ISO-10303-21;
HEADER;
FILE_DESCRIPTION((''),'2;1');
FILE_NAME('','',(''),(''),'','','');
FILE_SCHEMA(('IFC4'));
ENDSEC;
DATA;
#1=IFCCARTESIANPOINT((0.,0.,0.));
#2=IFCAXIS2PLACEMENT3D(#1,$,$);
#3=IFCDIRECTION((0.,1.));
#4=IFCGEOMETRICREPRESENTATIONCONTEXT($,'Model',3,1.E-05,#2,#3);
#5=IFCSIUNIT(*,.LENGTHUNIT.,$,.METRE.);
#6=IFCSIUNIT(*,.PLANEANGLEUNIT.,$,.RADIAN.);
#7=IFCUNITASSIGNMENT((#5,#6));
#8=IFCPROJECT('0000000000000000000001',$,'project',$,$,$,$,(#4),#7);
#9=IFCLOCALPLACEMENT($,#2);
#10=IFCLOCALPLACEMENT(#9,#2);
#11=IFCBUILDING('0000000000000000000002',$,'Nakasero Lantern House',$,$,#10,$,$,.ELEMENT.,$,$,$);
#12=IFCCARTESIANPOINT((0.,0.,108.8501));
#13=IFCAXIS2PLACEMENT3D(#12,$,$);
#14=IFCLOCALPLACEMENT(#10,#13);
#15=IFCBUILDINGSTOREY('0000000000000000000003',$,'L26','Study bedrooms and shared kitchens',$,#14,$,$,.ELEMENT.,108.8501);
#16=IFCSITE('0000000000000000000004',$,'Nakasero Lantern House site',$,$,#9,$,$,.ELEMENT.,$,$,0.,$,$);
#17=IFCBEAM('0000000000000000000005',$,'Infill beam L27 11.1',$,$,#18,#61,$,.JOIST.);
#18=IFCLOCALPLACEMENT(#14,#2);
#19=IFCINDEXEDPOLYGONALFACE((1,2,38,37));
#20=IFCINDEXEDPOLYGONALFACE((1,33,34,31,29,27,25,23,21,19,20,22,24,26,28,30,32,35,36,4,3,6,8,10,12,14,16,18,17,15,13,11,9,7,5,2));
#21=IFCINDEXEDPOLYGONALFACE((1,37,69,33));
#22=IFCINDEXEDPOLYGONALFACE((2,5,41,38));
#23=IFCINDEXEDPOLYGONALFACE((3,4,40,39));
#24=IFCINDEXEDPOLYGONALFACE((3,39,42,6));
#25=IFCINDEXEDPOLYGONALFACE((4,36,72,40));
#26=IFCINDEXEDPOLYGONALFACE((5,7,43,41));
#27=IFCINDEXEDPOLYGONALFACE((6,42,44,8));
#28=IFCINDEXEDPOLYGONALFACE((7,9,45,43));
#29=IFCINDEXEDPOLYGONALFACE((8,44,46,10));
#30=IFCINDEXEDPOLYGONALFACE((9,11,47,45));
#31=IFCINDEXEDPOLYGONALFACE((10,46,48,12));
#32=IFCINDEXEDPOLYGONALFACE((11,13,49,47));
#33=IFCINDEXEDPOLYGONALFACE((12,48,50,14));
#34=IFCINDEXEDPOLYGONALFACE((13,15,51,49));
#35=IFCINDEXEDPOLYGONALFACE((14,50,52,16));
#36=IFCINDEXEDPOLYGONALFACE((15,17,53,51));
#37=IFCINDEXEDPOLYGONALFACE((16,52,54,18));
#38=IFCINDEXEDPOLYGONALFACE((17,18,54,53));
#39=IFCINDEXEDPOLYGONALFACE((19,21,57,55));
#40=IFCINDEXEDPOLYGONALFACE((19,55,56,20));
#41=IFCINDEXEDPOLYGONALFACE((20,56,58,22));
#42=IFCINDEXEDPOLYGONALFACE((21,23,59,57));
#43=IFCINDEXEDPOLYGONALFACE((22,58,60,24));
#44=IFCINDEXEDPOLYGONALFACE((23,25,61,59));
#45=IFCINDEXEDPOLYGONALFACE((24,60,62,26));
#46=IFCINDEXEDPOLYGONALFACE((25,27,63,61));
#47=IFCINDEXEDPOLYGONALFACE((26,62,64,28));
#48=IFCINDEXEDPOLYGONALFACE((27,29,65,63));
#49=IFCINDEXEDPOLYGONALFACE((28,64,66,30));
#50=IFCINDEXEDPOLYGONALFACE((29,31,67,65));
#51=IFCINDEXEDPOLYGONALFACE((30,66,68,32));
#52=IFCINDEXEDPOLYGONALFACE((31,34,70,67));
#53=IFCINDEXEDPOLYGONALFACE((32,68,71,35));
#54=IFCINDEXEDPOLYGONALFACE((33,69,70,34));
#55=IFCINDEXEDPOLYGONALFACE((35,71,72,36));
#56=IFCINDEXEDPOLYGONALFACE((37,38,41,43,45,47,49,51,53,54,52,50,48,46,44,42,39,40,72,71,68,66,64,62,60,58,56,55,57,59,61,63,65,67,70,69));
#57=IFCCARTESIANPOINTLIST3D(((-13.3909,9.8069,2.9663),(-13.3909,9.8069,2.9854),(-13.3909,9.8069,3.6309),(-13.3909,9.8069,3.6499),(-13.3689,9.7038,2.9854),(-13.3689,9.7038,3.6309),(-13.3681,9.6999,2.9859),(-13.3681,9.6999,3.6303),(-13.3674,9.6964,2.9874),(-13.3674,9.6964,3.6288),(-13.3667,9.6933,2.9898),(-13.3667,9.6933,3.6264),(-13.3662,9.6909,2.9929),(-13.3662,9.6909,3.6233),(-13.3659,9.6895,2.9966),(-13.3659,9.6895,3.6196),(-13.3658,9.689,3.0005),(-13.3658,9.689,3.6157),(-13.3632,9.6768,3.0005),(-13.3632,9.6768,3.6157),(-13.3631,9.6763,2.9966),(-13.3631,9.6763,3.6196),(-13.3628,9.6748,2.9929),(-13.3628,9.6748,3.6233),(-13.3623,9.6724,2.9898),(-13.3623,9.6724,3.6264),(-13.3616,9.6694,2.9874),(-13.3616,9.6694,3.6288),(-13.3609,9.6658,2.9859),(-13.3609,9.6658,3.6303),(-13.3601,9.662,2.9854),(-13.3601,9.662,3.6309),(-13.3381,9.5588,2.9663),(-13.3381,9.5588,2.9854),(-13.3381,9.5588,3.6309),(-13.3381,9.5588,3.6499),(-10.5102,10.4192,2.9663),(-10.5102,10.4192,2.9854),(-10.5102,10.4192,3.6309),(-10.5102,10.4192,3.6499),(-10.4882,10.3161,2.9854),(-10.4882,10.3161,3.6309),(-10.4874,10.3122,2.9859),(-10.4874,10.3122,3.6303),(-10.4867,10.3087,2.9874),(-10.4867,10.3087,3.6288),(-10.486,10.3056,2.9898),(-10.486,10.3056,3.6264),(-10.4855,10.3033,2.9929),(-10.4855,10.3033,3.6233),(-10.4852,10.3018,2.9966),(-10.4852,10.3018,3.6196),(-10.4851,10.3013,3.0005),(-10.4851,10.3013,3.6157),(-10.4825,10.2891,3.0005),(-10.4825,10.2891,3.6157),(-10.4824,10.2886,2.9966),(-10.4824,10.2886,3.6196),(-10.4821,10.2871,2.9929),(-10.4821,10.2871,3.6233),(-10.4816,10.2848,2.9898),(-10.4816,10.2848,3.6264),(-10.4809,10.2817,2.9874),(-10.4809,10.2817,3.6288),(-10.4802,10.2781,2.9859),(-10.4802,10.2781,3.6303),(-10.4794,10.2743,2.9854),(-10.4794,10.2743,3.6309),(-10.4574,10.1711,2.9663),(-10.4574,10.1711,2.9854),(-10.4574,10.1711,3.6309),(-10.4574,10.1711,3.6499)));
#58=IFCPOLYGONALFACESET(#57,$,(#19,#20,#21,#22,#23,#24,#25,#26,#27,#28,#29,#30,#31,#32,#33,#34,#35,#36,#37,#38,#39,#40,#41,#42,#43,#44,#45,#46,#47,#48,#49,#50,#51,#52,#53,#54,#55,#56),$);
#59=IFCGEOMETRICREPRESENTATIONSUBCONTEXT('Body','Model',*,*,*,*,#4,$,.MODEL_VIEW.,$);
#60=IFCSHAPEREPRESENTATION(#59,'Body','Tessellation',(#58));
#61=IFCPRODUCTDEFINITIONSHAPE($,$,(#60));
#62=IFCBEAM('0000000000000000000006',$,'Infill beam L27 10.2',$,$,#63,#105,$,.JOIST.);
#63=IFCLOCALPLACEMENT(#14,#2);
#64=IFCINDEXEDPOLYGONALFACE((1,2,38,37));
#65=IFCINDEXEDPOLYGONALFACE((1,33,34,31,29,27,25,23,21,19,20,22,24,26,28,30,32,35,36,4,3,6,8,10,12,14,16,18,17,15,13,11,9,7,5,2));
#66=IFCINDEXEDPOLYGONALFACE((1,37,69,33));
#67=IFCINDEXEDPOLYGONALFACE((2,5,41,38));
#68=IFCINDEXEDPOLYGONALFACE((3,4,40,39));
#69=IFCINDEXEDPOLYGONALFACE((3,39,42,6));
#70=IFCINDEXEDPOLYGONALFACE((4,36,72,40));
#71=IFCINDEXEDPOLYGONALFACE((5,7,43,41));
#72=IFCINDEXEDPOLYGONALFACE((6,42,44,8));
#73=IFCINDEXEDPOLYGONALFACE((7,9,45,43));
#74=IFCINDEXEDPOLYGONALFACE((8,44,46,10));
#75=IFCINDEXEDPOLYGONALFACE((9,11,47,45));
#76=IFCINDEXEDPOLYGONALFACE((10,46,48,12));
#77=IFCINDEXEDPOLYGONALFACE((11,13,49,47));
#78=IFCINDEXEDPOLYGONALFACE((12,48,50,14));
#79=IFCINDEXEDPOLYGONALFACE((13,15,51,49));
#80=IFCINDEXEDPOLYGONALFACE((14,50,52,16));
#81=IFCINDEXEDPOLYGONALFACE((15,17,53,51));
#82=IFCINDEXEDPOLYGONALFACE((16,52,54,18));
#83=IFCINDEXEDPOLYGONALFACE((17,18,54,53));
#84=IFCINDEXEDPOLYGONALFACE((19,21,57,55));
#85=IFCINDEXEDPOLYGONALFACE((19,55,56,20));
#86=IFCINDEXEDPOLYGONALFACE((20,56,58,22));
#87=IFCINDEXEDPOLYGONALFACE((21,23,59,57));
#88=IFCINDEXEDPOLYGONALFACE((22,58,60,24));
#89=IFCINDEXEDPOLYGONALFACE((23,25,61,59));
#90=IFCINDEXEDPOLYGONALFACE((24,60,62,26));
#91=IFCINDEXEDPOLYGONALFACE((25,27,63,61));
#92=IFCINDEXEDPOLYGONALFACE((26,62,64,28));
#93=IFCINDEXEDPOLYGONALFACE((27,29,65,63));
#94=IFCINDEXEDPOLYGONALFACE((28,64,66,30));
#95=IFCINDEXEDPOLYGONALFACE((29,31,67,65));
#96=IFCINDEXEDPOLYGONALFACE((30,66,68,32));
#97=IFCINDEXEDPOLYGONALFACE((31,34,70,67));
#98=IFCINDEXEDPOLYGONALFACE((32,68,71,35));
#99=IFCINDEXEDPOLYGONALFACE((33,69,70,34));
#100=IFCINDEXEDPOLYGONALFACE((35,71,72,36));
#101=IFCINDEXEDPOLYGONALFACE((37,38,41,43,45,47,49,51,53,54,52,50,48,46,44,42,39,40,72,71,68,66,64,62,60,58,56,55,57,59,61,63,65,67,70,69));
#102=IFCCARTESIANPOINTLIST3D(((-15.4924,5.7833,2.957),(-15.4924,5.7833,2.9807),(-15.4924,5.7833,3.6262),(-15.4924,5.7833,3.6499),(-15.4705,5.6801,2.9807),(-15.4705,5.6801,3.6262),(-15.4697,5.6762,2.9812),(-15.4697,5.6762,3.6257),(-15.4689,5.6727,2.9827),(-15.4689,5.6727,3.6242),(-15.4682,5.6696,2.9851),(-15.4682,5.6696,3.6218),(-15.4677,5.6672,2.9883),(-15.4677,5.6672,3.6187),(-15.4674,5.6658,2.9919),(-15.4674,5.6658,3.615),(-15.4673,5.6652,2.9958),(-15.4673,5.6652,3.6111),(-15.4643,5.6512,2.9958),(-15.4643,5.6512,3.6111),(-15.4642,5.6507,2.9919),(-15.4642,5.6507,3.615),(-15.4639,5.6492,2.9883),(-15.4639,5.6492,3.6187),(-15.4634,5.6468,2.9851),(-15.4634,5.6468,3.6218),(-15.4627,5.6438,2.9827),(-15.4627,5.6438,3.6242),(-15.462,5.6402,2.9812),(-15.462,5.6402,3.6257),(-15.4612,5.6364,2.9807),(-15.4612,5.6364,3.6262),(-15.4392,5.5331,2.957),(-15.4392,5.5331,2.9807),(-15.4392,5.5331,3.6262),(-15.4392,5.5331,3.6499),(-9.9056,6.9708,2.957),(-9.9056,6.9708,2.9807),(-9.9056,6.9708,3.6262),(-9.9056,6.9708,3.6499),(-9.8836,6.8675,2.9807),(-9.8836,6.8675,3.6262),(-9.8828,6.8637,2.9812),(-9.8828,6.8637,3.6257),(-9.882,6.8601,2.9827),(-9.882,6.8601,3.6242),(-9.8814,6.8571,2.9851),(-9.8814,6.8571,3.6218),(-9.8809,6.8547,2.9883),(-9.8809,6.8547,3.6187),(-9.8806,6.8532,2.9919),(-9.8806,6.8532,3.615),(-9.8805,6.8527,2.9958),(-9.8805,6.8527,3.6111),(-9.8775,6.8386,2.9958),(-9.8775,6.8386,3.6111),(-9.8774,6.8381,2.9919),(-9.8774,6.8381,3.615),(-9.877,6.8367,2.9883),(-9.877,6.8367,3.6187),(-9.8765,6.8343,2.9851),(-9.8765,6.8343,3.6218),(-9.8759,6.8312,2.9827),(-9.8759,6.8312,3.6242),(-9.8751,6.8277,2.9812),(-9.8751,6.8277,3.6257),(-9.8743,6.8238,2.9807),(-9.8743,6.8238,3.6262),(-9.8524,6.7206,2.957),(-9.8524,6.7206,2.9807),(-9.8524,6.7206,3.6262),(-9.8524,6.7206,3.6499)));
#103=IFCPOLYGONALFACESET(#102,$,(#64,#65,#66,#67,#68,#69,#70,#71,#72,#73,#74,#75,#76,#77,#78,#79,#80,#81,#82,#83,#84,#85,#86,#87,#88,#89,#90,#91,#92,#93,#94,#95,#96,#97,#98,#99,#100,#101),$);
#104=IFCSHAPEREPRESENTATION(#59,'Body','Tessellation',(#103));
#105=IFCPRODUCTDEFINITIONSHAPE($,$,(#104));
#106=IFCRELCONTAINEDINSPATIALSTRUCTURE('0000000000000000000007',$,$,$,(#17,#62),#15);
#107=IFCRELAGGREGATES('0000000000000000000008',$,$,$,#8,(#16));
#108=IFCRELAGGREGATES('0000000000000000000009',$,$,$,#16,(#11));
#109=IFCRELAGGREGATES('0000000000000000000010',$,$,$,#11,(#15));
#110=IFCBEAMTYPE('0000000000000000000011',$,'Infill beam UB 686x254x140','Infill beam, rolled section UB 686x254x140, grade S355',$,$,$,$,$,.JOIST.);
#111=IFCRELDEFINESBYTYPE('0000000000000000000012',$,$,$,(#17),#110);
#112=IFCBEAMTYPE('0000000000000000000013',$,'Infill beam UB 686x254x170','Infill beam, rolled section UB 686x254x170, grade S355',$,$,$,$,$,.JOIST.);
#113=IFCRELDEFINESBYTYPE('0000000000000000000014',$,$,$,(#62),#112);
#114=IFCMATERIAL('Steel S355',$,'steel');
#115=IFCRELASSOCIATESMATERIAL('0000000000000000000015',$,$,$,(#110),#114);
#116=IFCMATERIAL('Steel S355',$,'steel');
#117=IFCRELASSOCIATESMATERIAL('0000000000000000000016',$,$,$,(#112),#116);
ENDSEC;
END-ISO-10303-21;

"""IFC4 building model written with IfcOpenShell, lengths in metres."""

from ifc_helpers import new_model, si_unit, direction, frame, origin, origin_2d, place, context, subcontext, project, spatial, i_section, extrude, material, material_profile, profile_set, type_object, element, save


model = new_model("IFC4")

# Units and contexts
model_context = context("Model", 3, precision=1e-05, world=origin(), true_north=direction((0.0, 1.0)))
body_context = subcontext(model_context, "Body", "Model", "MODEL_VIEW")
ifc_project = project(units=[si_unit("LENGTHUNIT", "METRE"), si_unit("PLANEANGLEUNIT", "RADIAN")], contexts=[model_context])

# Site, building, storey
site_placement = place(None, origin())
site = spatial("IfcSite", under=ifc_project, at=site_placement, Name="Nakasero Lantern House site", CompositionType="ELEMENT", RefElevation=0.0)
building_placement = place(site_placement, origin())
building = spatial("IfcBuilding", under=site, at=building_placement, Name="Nakasero Lantern House", CompositionType="ELEMENT")
storey_placement = place(building_placement, frame((0.0, 0.0, 108.8501)))
storey = spatial("IfcBuildingStorey", under=building, at=storey_placement, Name="L26", Description="Study bedrooms and shared kitchens", CompositionType="ELEMENT", Elevation=108.8501)

# Beams
ifc_material_1 = material(Name="Steel S355", Category="steel")
ifc_material_profile_1 = material_profile(ifc_material_1, i_section(OverallWidth=0.2537, OverallDepth=0.6836, WebThickness=0.0125, FlangeThickness=0.019, FilletRadius=0.0151, at=origin_2d()), Name="UB 686x254x140")
ifc_profile_set_1 = profile_set([ifc_material_profile_1], Name="Steel S355")
beam_type_1 = type_object("IfcBeamType", Name="Infill beam UB 686x254x140", Description="Infill beam, rolled section UB 686x254x140, grade S355", PredefinedType="JOIST", material=ifc_profile_set_1)
beam_1_placement = place(storey_placement, frame((-13.3645, 9.6829, 3.3081), z_axis=(0.978147, 0.207915, 0.0), x_axis=(-0.207915, 0.978147, 0.0)))
element("IfcBeam", 1, at=beam_1_placement, inside=storey, type_object=beam_type_1, Name="Infill beam L27 11.1", PredefinedType="JOIST", context=body_context, shape_type="SweptSolid", body=[
    extrude(i_section(OverallWidth=0.2537, OverallDepth=0.6836, WebThickness=0.0125, FlangeThickness=0.019, FilletRadius=0.0151, at=origin_2d()), origin(), (0.0, 0.0, 1.0), 2.9451),
])
ifc_material_2 = material(Name="Steel S355", Category="steel")
ifc_material_profile_2 = material_profile(ifc_material_2, i_section(OverallWidth=0.2559, OverallDepth=0.6929, WebThickness=0.0144, FlangeThickness=0.0237, FilletRadius=0.0151, at=origin_2d()), Name="UB 686x254x170")
ifc_profile_set_2 = profile_set([ifc_material_profile_2], Name="Steel S355")
beam_type_2 = type_object("IfcBeamType", Name="Infill beam UB 686x254x170", Description="Infill beam, rolled section UB 686x254x170, grade S355", PredefinedType="JOIST", material=ifc_profile_set_2)
beam_2_placement = place(storey_placement, frame((-15.4658, 5.6582, 3.3035), z_axis=(0.978149, 0.207906, 0.0), x_axis=(-0.207906, 0.978149, 0.0)))
element("IfcBeam", 2, at=beam_2_placement, inside=storey, type_object=beam_type_2, Name="Infill beam L27 10.2", PredefinedType="JOIST", context=body_context, shape_type="SweptSolid", body=[
    extrude(i_section(OverallWidth=0.2559, OverallDepth=0.6929, WebThickness=0.0144, FlangeThickness=0.0237, FilletRadius=0.0151, at=origin_2d()), origin(), (0.0, 0.0, 1.0), 5.7117),
])

save(model, "model.ifc")
